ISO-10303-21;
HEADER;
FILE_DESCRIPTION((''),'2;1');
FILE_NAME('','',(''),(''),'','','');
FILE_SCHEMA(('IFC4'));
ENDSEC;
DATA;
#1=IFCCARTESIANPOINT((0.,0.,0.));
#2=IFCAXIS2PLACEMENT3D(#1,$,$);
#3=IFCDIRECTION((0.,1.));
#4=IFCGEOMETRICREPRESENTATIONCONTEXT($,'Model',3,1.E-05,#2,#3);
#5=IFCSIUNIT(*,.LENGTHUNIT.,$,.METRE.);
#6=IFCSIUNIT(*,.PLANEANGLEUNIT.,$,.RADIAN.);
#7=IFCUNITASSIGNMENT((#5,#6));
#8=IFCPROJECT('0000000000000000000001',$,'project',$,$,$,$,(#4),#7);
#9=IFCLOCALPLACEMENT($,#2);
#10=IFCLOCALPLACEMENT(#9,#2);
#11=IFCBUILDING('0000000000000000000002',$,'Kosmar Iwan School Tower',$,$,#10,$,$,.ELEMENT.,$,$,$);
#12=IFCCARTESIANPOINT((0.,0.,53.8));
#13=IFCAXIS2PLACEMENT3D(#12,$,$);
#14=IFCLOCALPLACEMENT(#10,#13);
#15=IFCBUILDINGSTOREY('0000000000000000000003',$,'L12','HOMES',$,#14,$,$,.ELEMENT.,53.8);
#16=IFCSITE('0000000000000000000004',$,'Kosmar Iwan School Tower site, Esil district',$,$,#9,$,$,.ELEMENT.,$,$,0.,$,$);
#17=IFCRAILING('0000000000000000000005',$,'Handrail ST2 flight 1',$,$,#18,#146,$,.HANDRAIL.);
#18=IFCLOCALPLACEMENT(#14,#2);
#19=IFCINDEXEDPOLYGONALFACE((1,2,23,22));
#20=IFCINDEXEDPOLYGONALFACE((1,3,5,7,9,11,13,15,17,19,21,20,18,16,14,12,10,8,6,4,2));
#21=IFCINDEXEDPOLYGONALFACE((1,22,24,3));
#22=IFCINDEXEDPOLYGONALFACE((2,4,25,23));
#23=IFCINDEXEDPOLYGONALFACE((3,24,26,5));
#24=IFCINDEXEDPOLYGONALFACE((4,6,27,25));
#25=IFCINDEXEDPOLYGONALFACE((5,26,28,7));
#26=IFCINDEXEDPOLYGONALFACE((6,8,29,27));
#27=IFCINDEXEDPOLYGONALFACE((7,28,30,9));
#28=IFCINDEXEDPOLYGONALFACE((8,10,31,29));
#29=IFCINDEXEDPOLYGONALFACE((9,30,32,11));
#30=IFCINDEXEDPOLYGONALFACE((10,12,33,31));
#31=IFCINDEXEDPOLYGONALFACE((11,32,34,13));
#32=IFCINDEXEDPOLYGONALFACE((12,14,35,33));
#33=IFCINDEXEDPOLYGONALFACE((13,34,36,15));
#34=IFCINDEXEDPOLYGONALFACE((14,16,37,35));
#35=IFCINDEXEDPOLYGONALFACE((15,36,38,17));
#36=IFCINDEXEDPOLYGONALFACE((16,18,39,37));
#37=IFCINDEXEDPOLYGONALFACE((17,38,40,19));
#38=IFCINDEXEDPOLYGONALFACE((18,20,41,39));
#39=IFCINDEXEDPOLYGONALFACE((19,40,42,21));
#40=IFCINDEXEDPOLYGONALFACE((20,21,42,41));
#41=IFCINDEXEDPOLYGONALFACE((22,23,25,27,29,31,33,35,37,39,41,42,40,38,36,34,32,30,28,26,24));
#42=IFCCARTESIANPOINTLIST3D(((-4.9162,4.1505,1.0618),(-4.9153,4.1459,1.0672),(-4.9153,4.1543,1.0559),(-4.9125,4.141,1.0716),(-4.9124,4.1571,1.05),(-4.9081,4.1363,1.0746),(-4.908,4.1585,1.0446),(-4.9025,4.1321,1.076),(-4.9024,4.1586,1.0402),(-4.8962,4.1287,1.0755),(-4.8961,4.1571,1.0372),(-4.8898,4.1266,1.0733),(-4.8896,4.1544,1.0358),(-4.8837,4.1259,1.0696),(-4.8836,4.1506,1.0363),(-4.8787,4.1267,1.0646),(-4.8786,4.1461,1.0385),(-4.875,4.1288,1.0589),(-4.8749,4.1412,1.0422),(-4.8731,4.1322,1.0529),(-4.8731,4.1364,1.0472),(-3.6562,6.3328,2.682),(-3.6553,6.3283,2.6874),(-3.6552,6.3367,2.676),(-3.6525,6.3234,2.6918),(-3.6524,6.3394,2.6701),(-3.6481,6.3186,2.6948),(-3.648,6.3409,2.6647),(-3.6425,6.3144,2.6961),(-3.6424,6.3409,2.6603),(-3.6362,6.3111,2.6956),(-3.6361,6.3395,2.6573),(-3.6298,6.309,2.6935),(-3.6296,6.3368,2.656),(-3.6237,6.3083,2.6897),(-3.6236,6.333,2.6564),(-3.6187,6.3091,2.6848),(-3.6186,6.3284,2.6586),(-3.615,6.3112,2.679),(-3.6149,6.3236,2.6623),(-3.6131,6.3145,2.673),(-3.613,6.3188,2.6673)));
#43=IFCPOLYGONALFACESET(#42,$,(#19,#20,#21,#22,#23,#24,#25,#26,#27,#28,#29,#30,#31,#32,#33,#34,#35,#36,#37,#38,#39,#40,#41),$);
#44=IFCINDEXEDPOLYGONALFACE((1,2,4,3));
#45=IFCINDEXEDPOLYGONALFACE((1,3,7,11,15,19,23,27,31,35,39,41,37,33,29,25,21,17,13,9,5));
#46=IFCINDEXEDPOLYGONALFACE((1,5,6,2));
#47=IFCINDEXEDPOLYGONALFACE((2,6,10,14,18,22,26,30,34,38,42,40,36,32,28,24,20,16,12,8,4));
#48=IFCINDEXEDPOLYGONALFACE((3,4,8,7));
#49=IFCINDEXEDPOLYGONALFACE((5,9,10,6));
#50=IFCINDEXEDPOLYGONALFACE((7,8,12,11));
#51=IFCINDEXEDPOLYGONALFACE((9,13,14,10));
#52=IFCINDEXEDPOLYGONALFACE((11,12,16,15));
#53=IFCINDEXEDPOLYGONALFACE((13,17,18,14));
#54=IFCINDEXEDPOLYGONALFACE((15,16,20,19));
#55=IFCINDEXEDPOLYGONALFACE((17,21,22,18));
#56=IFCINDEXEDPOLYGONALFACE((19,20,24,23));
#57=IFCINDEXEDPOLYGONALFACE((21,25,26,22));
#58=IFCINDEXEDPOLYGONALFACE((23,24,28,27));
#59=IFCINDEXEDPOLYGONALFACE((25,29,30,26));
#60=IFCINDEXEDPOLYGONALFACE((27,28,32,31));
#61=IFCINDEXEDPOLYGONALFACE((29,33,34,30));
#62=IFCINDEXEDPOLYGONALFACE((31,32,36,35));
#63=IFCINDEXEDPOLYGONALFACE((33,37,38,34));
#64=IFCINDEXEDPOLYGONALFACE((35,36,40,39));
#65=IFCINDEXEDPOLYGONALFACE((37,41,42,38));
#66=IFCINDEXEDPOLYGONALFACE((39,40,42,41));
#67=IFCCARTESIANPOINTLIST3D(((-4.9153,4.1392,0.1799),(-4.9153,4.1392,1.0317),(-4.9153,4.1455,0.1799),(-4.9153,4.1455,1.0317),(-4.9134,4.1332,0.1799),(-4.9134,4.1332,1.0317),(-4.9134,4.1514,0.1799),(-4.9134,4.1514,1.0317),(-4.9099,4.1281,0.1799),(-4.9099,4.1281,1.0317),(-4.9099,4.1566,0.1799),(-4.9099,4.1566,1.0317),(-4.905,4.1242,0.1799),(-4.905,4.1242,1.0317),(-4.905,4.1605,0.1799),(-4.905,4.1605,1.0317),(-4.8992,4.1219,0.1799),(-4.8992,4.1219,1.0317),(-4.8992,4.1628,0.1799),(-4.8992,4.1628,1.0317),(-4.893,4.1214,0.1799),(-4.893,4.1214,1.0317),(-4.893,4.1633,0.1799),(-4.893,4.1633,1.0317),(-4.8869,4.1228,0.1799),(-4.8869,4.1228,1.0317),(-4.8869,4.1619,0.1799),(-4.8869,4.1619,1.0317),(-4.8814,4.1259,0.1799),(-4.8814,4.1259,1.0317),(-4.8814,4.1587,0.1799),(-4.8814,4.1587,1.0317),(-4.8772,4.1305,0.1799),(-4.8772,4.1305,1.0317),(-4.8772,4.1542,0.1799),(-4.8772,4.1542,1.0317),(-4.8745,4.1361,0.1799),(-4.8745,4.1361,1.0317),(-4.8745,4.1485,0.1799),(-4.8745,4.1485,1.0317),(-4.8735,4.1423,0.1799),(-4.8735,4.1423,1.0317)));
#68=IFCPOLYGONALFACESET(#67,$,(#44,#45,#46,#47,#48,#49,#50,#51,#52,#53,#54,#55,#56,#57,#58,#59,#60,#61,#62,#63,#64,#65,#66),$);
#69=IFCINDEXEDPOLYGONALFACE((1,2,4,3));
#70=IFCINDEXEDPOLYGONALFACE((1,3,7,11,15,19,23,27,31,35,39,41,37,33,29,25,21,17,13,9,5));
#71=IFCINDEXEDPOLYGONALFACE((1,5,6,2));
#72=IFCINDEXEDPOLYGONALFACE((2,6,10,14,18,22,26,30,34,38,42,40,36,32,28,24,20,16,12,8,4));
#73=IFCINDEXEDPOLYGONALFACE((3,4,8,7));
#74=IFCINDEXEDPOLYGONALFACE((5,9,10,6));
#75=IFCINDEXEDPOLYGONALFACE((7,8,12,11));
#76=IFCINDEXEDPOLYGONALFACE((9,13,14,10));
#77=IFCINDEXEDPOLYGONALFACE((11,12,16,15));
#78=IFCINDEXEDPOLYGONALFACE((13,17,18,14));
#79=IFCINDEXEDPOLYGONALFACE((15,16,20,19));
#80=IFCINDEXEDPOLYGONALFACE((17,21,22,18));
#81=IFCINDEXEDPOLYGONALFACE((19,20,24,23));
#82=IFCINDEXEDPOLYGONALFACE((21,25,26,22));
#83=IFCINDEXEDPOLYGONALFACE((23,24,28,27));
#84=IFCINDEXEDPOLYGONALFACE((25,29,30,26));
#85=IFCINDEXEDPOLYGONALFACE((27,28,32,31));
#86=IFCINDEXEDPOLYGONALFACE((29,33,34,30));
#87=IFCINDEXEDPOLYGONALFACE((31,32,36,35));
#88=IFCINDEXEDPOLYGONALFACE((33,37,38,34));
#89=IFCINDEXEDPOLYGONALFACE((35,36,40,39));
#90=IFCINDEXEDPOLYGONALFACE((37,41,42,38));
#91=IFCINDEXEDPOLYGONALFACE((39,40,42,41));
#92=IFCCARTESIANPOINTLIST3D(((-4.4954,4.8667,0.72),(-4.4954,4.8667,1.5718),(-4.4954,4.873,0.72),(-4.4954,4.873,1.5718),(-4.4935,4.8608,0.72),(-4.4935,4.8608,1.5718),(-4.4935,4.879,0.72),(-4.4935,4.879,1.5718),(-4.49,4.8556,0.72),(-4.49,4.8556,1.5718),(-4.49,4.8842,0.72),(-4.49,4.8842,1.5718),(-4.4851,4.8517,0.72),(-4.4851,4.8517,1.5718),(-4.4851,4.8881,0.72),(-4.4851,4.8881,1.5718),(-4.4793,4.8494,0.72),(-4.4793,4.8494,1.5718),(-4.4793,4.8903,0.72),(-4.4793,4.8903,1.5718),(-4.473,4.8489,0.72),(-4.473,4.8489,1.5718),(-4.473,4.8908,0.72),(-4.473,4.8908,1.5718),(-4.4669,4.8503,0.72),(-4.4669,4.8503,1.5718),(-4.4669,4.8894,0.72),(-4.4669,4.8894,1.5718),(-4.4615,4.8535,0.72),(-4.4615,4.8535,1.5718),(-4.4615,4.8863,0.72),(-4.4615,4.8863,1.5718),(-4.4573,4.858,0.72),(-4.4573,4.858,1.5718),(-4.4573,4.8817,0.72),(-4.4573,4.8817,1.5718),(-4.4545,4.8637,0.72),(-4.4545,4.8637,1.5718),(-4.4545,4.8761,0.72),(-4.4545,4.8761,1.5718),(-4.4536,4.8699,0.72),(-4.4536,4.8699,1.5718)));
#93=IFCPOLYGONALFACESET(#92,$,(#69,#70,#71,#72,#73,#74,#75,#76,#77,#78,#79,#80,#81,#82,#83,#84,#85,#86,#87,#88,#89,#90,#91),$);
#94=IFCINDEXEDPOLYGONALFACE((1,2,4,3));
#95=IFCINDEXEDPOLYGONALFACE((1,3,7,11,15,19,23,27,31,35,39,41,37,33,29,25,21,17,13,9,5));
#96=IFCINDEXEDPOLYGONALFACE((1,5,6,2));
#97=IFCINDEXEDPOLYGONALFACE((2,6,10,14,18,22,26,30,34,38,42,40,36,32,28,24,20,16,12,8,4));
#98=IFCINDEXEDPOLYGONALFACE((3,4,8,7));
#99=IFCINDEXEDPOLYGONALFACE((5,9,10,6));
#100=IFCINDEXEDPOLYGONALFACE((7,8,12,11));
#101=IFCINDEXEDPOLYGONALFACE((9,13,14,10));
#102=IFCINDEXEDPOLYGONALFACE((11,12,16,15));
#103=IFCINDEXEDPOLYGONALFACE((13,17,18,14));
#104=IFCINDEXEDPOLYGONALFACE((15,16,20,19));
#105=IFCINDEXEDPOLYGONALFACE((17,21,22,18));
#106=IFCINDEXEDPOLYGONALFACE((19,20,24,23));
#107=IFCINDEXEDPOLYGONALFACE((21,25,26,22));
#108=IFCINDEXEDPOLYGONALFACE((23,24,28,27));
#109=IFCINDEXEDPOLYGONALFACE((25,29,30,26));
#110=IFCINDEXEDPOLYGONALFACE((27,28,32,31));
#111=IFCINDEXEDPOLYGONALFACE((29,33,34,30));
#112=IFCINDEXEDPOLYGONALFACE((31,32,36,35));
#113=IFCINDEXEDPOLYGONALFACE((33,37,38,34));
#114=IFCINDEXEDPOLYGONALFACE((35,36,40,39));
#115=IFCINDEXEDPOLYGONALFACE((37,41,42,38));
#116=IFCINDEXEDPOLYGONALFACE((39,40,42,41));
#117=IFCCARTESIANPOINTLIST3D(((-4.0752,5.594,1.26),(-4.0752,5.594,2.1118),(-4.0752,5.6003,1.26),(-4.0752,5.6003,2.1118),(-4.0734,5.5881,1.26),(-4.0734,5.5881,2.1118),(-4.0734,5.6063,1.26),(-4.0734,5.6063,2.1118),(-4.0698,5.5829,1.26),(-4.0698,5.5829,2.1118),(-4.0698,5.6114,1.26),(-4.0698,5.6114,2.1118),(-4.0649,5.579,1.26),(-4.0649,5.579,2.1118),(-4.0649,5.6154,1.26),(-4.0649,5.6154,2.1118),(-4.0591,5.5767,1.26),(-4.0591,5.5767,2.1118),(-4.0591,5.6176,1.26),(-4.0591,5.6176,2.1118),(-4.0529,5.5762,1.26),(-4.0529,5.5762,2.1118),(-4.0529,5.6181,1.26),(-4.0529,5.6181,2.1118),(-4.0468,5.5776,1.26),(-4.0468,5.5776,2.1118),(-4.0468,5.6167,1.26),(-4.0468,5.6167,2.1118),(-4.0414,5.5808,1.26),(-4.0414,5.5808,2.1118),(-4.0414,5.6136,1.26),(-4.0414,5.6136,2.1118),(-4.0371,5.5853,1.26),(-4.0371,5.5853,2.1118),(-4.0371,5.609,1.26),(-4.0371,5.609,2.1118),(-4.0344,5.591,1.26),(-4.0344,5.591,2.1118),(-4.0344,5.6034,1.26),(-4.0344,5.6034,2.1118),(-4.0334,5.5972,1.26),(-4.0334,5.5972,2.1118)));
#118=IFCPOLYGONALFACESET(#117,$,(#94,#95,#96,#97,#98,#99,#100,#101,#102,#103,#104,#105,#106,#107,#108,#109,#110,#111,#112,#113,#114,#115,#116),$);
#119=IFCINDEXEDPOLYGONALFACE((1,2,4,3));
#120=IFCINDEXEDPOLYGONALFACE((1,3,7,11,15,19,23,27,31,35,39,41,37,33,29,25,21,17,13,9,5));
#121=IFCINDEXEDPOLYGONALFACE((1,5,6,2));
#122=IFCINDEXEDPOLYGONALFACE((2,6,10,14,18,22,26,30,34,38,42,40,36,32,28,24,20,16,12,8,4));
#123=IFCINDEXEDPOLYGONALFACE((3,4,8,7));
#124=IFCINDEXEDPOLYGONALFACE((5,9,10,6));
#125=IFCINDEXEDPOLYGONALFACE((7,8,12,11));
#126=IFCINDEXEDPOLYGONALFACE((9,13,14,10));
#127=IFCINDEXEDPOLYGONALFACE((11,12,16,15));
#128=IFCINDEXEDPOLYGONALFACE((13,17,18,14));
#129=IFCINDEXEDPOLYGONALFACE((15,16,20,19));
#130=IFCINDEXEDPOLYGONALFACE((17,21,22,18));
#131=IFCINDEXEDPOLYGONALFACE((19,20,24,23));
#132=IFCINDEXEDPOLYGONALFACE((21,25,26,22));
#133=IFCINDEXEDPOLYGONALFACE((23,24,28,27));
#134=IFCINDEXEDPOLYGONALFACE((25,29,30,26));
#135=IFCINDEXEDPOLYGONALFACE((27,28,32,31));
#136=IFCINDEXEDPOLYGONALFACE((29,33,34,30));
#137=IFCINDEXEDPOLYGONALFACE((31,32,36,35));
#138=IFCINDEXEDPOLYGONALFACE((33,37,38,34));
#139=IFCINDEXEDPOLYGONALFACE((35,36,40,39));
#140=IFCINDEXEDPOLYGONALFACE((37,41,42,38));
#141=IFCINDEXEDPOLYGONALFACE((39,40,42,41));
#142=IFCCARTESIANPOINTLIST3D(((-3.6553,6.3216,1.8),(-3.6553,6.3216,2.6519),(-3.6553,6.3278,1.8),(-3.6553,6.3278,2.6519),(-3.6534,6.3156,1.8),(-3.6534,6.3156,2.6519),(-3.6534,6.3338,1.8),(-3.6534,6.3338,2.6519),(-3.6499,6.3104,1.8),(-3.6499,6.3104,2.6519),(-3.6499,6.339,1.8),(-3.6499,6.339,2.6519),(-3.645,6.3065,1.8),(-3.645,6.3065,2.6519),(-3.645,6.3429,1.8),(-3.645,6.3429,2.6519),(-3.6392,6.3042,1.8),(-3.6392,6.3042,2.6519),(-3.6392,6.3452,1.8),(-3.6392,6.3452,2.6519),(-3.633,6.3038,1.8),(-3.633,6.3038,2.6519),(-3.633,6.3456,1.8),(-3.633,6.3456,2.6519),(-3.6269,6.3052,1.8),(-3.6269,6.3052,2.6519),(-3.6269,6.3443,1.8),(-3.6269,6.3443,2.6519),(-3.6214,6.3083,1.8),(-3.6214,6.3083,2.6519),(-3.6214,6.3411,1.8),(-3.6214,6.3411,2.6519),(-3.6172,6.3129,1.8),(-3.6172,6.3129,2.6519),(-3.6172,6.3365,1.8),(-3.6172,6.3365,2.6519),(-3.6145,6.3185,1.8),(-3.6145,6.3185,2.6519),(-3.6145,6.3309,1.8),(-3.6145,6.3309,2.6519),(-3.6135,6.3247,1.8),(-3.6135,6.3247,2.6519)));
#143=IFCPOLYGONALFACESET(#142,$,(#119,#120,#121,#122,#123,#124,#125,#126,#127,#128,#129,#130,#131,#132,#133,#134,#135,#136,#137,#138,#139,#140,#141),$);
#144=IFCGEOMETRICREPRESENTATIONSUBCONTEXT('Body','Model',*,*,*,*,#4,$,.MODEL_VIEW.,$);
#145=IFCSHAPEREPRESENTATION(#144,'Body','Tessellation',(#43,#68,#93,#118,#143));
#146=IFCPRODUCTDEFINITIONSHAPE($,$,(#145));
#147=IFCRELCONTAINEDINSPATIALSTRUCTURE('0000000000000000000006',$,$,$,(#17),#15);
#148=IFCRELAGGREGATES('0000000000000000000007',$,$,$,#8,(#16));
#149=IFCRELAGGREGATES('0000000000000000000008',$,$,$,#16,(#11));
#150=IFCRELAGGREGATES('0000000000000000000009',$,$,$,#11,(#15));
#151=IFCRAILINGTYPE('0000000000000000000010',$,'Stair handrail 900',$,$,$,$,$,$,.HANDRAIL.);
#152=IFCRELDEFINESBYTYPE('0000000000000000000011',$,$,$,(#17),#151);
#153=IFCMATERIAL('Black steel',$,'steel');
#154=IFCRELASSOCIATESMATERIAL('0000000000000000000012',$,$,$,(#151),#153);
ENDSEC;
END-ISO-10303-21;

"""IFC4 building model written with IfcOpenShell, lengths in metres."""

from ifc_helpers import new_model, si_unit, direction, frame, origin, origin_2d, place, context, subcontext, project, spatial, circle, extrude, material, type_object, element, save


model = new_model("IFC4")

# Units and contexts
model_context = context("Model", 3, precision=1e-05, world=origin(), true_north=direction((0.0, 1.0)))
body_context = subcontext(model_context, "Body", "Model", "MODEL_VIEW")
ifc_project = project(units=[si_unit("LENGTHUNIT", "METRE"), si_unit("PLANEANGLEUNIT", "RADIAN")], contexts=[model_context])

# Site, building, storey
site_placement = place(None, origin())
site = spatial("IfcSite", under=ifc_project, at=site_placement, Name="Kosmar Iwan School Tower site, Esil district", CompositionType="ELEMENT", RefElevation=0.0)
building_placement = place(site_placement, origin())
building = spatial("IfcBuilding", under=site, at=building_placement, Name="Kosmar Iwan School Tower", CompositionType="ELEMENT")
storey_placement = place(building_placement, frame((0.0, 0.0, 53.8)))
storey = spatial("IfcBuildingStorey", under=building, at=storey_placement, Name="L12", Description="HOMES", CompositionType="ELEMENT", Elevation=53.8)

# Railing
ifc_material_1 = material(Name="Black steel", Category="steel")
railing_type = type_object("IfcRailingType", Name="Stair handrail 900", PredefinedType="HANDRAIL", material=ifc_material_1)
railing_placement = place(storey_placement, frame((-4.8945, 4.1423, 0.1799)))
element("IfcRailing", 1, at=railing_placement, inside=storey, type_object=railing_type, Name="Handrail ST2 flight 1", PredefinedType="HANDRAIL", context=body_context, shape_type="SweptSolid", body=[
    extrude(circle(Radius=0.0239, at=origin_2d()), frame((0.0, 0.0, 0.876), z_axis=(0.420584, 0.728464, 0.540786), x_axis=(-0.866023, 0.500005, 0.0)), (0.0, 0.0, 1.0), 2.9958),
    extrude(circle(Radius=0.021, at=origin_2d()), origin(), (0.0, 0.0, 1.0), 0.8518),
    extrude(circle(Radius=0.021, at=origin_2d()), frame((0.4199, 0.7275, 0.54)), (0.0, 0.0, 1.0), 0.8518),
    extrude(circle(Radius=0.021, at=origin_2d()), frame((0.8401, 1.4548, 1.0801)), (0.0, 0.0, 1.0), 0.8518),
    extrude(circle(Radius=0.021, at=origin_2d()), frame((1.26, 2.1824, 1.6201)), (0.0, 0.0, 1.0), 0.8518),
])

save(model, "model.ifc")
